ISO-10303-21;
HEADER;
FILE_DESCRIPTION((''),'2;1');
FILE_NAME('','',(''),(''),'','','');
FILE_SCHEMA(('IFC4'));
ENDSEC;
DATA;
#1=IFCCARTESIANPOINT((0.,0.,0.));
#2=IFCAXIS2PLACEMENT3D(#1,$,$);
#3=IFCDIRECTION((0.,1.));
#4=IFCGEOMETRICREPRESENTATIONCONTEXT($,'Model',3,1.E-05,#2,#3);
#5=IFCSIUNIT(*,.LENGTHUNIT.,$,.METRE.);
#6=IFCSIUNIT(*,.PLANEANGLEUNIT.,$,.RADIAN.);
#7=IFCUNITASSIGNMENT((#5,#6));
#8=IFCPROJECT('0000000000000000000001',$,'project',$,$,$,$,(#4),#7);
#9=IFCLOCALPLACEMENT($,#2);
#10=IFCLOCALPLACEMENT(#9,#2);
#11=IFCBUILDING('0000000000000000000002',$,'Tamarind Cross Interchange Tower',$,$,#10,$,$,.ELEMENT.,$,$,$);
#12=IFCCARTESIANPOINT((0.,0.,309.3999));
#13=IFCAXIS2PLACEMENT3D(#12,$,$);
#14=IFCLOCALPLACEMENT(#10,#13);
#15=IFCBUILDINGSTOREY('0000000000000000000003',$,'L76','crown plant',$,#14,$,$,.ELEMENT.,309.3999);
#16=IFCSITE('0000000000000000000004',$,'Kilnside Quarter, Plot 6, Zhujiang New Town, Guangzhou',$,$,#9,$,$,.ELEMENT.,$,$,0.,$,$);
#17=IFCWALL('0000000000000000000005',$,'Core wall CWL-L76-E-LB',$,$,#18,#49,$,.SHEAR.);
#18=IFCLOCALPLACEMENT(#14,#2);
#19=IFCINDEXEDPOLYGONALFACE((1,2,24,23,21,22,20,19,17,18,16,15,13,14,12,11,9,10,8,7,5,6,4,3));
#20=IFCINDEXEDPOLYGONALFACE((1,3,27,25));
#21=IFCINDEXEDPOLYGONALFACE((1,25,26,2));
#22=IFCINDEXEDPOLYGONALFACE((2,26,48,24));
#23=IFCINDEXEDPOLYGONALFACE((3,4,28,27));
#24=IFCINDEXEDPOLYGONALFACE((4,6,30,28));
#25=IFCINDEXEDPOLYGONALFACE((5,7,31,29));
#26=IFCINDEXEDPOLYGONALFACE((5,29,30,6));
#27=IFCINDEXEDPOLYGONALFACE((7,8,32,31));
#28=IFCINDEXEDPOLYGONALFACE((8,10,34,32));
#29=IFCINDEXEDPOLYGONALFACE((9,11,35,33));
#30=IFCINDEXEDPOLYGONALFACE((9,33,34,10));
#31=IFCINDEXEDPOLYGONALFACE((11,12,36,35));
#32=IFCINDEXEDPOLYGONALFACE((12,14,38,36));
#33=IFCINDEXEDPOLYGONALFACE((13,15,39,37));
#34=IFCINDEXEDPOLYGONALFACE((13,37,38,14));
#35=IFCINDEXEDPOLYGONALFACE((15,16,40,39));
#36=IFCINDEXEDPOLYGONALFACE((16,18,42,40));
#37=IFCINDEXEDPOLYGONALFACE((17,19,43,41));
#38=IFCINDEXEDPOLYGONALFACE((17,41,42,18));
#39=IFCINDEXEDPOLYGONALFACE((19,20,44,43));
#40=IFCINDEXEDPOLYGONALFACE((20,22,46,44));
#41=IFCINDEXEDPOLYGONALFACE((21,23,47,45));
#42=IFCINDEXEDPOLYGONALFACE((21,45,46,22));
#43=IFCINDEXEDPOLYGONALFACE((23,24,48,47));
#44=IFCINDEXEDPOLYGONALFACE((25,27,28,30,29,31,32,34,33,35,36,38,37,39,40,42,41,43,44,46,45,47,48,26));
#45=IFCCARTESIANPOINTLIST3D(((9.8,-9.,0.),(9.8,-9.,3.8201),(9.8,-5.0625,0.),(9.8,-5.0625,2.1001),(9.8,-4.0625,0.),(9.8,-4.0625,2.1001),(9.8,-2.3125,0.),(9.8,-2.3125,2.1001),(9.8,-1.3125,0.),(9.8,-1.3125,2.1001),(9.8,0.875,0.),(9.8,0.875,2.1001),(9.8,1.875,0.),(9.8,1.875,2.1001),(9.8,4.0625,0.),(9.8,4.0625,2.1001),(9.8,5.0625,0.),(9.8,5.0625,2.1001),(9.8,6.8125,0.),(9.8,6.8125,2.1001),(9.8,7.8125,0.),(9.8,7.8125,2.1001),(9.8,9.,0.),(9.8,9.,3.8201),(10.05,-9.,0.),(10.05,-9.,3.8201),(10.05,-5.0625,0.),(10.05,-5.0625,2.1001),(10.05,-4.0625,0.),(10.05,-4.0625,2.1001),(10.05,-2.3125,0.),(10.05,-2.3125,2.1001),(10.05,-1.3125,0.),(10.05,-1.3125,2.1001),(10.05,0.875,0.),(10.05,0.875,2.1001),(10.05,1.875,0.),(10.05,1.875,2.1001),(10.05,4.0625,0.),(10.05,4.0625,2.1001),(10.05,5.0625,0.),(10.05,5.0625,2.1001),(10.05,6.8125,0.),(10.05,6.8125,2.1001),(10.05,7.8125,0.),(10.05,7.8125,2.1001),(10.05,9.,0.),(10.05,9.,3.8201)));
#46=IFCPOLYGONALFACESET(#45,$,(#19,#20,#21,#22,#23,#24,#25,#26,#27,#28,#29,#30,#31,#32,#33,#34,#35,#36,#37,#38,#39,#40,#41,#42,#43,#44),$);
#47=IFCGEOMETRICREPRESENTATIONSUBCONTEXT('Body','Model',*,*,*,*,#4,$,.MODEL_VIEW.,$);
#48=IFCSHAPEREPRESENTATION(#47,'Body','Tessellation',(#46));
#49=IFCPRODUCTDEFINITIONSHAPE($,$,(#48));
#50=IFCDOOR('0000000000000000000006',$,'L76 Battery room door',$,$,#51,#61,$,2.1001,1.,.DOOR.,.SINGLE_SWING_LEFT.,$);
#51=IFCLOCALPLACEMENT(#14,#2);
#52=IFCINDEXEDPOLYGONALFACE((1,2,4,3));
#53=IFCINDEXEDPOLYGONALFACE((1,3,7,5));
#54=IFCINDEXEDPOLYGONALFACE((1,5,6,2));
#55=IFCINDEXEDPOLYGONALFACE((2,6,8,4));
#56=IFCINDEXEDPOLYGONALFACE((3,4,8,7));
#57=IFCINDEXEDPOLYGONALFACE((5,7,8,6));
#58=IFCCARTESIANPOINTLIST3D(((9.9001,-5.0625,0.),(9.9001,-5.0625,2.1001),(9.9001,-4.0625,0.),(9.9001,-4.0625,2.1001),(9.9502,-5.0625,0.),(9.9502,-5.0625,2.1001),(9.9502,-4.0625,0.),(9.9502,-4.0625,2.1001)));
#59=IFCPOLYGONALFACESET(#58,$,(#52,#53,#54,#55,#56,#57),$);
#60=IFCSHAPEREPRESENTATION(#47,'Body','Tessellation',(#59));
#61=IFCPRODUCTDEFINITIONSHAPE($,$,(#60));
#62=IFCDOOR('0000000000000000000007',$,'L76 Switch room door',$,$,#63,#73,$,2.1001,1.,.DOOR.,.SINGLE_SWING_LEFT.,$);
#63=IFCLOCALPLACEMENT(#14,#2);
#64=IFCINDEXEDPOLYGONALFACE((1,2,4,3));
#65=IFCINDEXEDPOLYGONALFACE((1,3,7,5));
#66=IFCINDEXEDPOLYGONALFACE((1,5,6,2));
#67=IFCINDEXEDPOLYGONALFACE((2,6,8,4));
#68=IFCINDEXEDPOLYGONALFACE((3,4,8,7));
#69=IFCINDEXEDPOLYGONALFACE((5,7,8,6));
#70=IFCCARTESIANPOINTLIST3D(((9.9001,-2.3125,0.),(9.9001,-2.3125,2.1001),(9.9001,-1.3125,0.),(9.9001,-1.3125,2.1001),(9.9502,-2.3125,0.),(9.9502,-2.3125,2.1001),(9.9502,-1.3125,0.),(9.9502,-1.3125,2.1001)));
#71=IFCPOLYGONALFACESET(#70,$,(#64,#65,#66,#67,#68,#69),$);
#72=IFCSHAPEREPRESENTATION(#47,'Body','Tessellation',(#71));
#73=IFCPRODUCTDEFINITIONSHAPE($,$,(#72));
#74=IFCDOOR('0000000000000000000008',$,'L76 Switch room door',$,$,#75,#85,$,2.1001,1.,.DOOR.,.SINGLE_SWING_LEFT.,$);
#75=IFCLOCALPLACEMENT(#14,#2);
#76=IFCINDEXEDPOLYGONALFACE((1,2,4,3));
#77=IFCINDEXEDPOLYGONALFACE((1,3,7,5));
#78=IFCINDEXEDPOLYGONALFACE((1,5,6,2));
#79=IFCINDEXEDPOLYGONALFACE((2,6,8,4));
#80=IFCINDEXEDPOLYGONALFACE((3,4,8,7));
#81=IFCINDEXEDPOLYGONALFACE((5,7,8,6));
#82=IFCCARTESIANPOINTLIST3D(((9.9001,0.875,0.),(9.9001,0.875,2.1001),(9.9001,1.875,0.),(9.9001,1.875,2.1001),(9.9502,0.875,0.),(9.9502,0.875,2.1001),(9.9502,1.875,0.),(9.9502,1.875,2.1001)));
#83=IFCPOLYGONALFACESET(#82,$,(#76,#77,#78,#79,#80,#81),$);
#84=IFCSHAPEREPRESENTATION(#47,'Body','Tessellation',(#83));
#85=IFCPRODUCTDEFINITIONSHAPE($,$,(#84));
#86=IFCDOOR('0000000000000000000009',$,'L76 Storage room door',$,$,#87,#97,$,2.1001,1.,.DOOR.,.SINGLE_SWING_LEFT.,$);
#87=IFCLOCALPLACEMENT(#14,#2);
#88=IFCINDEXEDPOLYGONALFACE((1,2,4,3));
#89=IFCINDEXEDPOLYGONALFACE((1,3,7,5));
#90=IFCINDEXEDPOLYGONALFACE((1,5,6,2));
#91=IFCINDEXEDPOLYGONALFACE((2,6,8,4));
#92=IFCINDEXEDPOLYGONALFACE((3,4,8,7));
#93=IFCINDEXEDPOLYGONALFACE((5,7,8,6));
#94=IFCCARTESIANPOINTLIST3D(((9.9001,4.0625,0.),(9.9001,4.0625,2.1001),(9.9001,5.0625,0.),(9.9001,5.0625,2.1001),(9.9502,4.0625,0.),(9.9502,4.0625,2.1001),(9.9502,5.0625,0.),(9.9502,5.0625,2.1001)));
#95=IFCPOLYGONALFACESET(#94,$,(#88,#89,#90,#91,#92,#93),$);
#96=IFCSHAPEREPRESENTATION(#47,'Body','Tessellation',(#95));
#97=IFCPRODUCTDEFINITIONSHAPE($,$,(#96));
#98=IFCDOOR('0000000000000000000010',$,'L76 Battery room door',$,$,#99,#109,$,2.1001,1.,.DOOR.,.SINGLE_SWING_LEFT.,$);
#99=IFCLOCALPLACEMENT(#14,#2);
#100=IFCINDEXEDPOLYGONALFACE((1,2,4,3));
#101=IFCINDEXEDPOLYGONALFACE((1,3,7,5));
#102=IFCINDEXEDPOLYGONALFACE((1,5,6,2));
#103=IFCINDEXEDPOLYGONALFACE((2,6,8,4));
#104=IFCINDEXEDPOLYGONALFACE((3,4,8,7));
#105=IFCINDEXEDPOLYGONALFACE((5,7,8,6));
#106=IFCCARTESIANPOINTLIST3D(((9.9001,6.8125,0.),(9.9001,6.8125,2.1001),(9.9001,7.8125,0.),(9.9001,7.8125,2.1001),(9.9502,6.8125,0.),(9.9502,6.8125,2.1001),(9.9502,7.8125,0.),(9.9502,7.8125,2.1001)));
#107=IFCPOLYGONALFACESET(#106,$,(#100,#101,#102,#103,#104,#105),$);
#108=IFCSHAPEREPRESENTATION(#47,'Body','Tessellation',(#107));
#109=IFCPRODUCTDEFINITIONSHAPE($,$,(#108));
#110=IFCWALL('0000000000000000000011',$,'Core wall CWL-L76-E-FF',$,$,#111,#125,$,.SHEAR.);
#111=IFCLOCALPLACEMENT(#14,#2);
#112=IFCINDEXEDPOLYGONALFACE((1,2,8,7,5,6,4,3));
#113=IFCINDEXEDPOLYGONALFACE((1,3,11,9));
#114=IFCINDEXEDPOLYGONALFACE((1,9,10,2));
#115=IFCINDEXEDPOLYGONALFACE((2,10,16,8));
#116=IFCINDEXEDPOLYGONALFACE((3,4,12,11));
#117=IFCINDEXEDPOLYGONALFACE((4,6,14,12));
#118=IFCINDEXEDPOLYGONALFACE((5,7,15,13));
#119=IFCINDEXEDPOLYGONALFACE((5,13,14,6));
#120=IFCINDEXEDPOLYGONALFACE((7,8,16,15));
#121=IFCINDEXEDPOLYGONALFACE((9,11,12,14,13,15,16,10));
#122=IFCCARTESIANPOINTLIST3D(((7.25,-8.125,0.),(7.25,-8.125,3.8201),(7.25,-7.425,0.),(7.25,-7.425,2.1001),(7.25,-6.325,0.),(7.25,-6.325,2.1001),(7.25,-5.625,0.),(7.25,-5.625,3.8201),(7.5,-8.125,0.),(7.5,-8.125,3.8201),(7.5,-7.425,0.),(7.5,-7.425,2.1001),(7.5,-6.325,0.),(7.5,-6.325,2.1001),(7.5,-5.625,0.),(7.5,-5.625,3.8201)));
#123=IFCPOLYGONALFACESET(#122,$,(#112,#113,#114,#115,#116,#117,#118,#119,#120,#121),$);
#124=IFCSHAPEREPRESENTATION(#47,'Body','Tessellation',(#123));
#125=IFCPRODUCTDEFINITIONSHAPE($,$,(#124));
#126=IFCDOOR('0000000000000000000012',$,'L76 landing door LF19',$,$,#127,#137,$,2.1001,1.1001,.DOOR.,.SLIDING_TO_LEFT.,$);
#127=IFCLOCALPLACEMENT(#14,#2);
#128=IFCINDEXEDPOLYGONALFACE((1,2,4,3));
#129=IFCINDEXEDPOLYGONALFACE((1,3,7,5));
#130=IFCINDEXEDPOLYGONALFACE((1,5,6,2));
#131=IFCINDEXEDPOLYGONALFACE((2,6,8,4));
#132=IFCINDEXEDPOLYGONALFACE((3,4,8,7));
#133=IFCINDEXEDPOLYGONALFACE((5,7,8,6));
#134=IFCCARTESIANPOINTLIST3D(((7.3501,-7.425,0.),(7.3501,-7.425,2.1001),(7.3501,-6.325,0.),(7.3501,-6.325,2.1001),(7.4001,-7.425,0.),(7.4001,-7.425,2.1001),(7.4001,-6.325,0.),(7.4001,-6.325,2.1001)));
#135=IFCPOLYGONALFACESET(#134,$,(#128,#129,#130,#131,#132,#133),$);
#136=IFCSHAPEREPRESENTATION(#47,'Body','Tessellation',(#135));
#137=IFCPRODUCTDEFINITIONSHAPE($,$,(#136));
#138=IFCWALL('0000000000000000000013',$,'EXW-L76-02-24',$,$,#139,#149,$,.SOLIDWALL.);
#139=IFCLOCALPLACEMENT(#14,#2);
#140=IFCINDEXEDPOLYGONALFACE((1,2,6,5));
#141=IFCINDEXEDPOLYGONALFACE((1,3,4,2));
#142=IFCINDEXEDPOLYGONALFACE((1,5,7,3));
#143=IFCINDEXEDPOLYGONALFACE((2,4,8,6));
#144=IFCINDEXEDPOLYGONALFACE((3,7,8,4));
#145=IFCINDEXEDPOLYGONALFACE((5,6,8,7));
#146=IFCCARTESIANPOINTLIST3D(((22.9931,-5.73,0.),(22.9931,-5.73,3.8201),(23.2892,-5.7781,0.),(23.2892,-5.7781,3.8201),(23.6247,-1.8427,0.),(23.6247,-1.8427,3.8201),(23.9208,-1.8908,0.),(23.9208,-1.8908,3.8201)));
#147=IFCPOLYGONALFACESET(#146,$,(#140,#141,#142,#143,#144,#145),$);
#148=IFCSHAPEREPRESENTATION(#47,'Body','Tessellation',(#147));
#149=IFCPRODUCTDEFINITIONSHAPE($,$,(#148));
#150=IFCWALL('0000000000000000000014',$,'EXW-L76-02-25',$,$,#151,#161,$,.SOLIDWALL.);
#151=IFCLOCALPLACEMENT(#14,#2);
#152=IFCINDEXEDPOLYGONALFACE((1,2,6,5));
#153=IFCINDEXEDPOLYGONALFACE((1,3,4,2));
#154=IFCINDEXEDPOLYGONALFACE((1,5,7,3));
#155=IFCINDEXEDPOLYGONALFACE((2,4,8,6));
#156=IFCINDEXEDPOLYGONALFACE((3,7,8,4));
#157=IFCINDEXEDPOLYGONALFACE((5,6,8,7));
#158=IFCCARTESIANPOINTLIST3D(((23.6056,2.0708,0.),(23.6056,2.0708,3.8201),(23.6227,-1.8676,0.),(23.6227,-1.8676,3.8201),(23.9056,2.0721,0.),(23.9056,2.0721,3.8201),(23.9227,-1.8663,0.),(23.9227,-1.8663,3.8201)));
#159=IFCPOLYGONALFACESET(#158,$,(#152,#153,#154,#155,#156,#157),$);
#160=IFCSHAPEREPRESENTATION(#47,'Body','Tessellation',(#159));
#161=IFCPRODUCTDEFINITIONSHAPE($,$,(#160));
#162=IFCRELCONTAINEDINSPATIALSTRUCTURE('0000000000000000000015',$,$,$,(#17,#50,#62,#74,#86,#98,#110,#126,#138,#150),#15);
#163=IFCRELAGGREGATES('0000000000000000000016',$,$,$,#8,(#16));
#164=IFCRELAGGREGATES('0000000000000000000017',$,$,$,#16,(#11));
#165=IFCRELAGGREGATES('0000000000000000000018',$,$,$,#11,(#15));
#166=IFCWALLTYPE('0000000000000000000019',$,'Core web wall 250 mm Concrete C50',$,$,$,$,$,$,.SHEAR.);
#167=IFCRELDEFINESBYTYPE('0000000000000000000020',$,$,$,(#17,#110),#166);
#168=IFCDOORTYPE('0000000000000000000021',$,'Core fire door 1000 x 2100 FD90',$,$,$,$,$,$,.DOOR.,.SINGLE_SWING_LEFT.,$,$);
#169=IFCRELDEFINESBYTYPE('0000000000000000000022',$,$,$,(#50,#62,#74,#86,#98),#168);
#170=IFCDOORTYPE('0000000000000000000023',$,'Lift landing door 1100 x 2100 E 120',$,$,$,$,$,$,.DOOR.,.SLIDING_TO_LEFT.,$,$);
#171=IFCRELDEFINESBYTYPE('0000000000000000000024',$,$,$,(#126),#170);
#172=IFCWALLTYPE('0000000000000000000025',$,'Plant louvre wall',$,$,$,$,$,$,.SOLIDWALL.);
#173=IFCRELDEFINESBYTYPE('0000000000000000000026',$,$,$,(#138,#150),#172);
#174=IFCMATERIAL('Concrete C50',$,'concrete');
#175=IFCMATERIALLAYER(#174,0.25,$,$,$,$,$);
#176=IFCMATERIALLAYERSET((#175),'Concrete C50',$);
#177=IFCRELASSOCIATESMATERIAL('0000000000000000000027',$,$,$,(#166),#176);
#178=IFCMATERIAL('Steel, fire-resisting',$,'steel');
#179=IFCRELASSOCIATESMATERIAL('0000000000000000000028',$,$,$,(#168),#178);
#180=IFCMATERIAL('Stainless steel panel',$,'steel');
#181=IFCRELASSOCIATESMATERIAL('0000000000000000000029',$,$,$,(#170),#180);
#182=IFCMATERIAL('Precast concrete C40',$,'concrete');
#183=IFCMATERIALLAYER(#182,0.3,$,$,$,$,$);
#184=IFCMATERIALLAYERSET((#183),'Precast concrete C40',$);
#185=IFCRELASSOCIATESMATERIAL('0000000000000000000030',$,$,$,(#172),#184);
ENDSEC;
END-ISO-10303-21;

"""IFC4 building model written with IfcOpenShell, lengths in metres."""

from ifc_helpers import new_model, si_unit, direction, frame, frame_2d, origin, place, context, subcontext, project, spatial, rectangle, extrude, material, layer, layer_set, type_object, element, fill, save


model = new_model("IFC4")

# Units and contexts
model_context = context("Model", 3, precision=1e-05, world=origin(), true_north=direction((0.0, 1.0)))
body_context = subcontext(model_context, "Body", "Model", "MODEL_VIEW")
ifc_project = project(units=[si_unit("LENGTHUNIT", "METRE"), si_unit("PLANEANGLEUNIT", "RADIAN")], contexts=[model_context])

# Site, building, storey
site_placement = place(None, origin())
site = spatial("IfcSite", under=ifc_project, at=site_placement, Name="Kilnside Quarter, Plot 6, Zhujiang New Town, Guangzhou", CompositionType="ELEMENT", RefElevation=0.0)
building_placement = place(site_placement, origin())
building = spatial("IfcBuilding", under=site, at=building_placement, Name="Tamarind Cross Interchange Tower", CompositionType="ELEMENT")
storey_placement = place(building_placement, frame((0.0, 0.0, 309.3999)))
storey = spatial("IfcBuildingStorey", under=building, at=storey_placement, Name="L76", Description="crown plant", CompositionType="ELEMENT", Elevation=309.3999)

# Shared definitions
ifc_material_1 = material(Name="Concrete C50", Category="concrete")
ifc_layer_1 = layer(ifc_material_1, 0.25)
ifc_layer_set_1 = layer_set([ifc_layer_1], Name="Concrete C50")
wall_type_1 = type_object("IfcWallType", Name="Core web wall 250 mm Concrete C50", PredefinedType="SHEAR", material=ifc_layer_set_1)

# Wall, openings, doors
ifc_material_2 = material(Name="Steel, fire-resisting", Category="steel")
door_type_1 = type_object("IfcDoorType", Name="Core fire door 1000 x 2100 FD90", OperationType="SINGLE_SWING_LEFT", PredefinedType="DOOR", material=ifc_material_2)
ifc_material_3 = material(Name="Stainless steel panel", Category="steel")
wall_1_placement = place(storey_placement, frame((9.925, -9.0, 0.0), z_axis=(0.0, 0.0, 1.0), x_axis=(0.0, 1.0, 0.0)))
wall_1 = element("IfcWall", 1, at=wall_1_placement, inside=storey, type_object=wall_type_1, Name="Core wall CWL-L76-E-LB", PredefinedType="SHEAR", context=body_context, shape_type="SweptSolid", body=[
    extrude(rectangle(XDim=18.0, YDim=0.25, at=frame_2d((9.0, 0.0))), origin(), (0.0, 0.0, 1.0), 3.8201),
])
opening_1_placement = place(wall_1_placement, frame((3.9375, 0.0, 0.0)))
opening_1 = element("IfcOpeningElement", 2, at=opening_1_placement, cuts=wall_1, PredefinedType="OPENING", context=body_context, shape_type="SweptSolid", body=[
    extrude(rectangle(XDim=1.0, YDim=2.1001, at=frame_2d((0.5, 1.05))), frame((0.0, 0.135, 0.0), z_axis=(0.0, -1.0, 0.0), x_axis=(1.0, 0.0, 0.0)), (0.0, 0.0, 1.0), 0.27),
])
opening_2_placement = place(wall_1_placement, frame((6.6875, 0.0, 0.0)))
opening_2 = element("IfcOpeningElement", 3, at=opening_2_placement, cuts=wall_1, PredefinedType="OPENING", context=body_context, shape_type="SweptSolid", body=[
    extrude(rectangle(XDim=1.0, YDim=2.1001, at=frame_2d((0.5, 1.05))), frame((0.0, 0.135, 0.0), z_axis=(0.0, -1.0, 0.0), x_axis=(1.0, 0.0, 0.0)), (0.0, 0.0, 1.0), 0.27),
])
opening_3_placement = place(wall_1_placement, frame((9.875, 0.0, 0.0)))
opening_3 = element("IfcOpeningElement", 4, at=opening_3_placement, cuts=wall_1, PredefinedType="OPENING", context=body_context, shape_type="SweptSolid", body=[
    extrude(rectangle(XDim=1.0, YDim=2.1001, at=frame_2d((0.5, 1.05))), frame((0.0, 0.135, 0.0), z_axis=(0.0, -1.0, 0.0), x_axis=(1.0, 0.0, 0.0)), (0.0, 0.0, 1.0), 0.27),
])
opening_4_placement = place(wall_1_placement, frame((13.0625, 0.0, 0.0)))
opening_4 = element("IfcOpeningElement", 5, at=opening_4_placement, cuts=wall_1, PredefinedType="OPENING", context=body_context, shape_type="SweptSolid", body=[
    extrude(rectangle(XDim=1.0, YDim=2.1001, at=frame_2d((0.5, 1.05))), frame((0.0, 0.135, 0.0), z_axis=(0.0, -1.0, 0.0), x_axis=(1.0, 0.0, 0.0)), (0.0, 0.0, 1.0), 0.27),
])
opening_5_placement = place(wall_1_placement, frame((15.8125, 0.0, 0.0)))
opening_5 = element("IfcOpeningElement", 6, at=opening_5_placement, cuts=wall_1, PredefinedType="OPENING", context=body_context, shape_type="SweptSolid", body=[
    extrude(rectangle(XDim=1.0, YDim=2.1001, at=frame_2d((0.5, 1.05))), frame((0.0, 0.135, 0.0), z_axis=(0.0, -1.0, 0.0), x_axis=(1.0, 0.0, 0.0)), (0.0, 0.0, 1.0), 0.27),
])
door_1_placement = place(opening_1_placement, origin())
door_1 = element("IfcDoor", 7, at=door_1_placement, inside=storey, type_object=door_type_1, Name="L76 Battery room door", OperationType="SINGLE_SWING_LEFT", OverallHeight=2.1001, OverallWidth=1.0, PredefinedType="DOOR", context=body_context, shape_type="SweptSolid", body=[
    extrude(rectangle(XDim=1.0, YDim=2.1001, at=frame_2d((0.5, 1.05))), frame((0.0, 0.0249, 0.0), z_axis=(0.0, -1.0, 0.0), x_axis=(1.0, 0.0, 0.0)), (0.0, 0.0, 1.0), 0.05),
])
fill(opening_1, door_1)
door_2_placement = place(opening_2_placement, origin())
door_2 = element("IfcDoor", 8, at=door_2_placement, inside=storey, type_object=door_type_1, Name="L76 Switch room door", OperationType="SINGLE_SWING_LEFT", OverallHeight=2.1001, OverallWidth=1.0, PredefinedType="DOOR", context=body_context, shape_type="SweptSolid", body=[
    extrude(rectangle(XDim=1.0, YDim=2.1001, at=frame_2d((0.5, 1.05))), frame((0.0, 0.0249, 0.0), z_axis=(0.0, -1.0, 0.0), x_axis=(1.0, 0.0, 0.0)), (0.0, 0.0, 1.0), 0.05),
])
fill(opening_2, door_2)
door_3_placement = place(opening_3_placement, origin())
door_3 = element("IfcDoor", 9, at=door_3_placement, inside=storey, type_object=door_type_1, Name="L76 Switch room door", OperationType="SINGLE_SWING_LEFT", OverallHeight=2.1001, OverallWidth=1.0, PredefinedType="DOOR", context=body_context, shape_type="SweptSolid", body=[
    extrude(rectangle(XDim=1.0, YDim=2.1001, at=frame_2d((0.5, 1.05))), frame((0.0, 0.0249, 0.0), z_axis=(0.0, -1.0, 0.0), x_axis=(1.0, 0.0, 0.0)), (0.0, 0.0, 1.0), 0.05),
])
fill(opening_3, door_3)
door_4_placement = place(opening_4_placement, origin())
door_4 = element("IfcDoor", 10, at=door_4_placement, inside=storey, type_object=door_type_1, Name="L76 Storage room door", OperationType="SINGLE_SWING_LEFT", OverallHeight=2.1001, OverallWidth=1.0, PredefinedType="DOOR", context=body_context, shape_type="SweptSolid", body=[
    extrude(rectangle(XDim=1.0, YDim=2.1001, at=frame_2d((0.5, 1.05))), frame((0.0, 0.0249, 0.0), z_axis=(0.0, -1.0, 0.0), x_axis=(1.0, 0.0, 0.0)), (0.0, 0.0, 1.0), 0.05),
])
fill(opening_4, door_4)
door_5_placement = place(opening_5_placement, origin())
door_5 = element("IfcDoor", 11, at=door_5_placement, inside=storey, type_object=door_type_1, Name="L76 Battery room door", OperationType="SINGLE_SWING_LEFT", OverallHeight=2.1001, OverallWidth=1.0, PredefinedType="DOOR", context=body_context, shape_type="SweptSolid", body=[
    extrude(rectangle(XDim=1.0, YDim=2.1001, at=frame_2d((0.5, 1.05))), frame((0.0, 0.0249, 0.0), z_axis=(0.0, -1.0, 0.0), x_axis=(1.0, 0.0, 0.0)), (0.0, 0.0, 1.0), 0.05),
])
fill(opening_5, door_5)

# Wall, opening, door
wall_2_placement = place(storey_placement, frame((7.375, -8.125, 0.0), z_axis=(0.0, 0.0, 1.0), x_axis=(0.0, 1.0, 0.0)))
wall_2 = element("IfcWall", 12, at=wall_2_placement, inside=storey, type_object=wall_type_1, Name="Core wall CWL-L76-E-FF", PredefinedType="SHEAR", context=body_context, shape_type="SweptSolid", body=[
    extrude(rectangle(XDim=2.5, YDim=0.25, at=frame_2d((1.25, 0.0))), origin(), (0.0, 0.0, 1.0), 3.8201),
])
opening_6_placement = place(wall_2_placement, frame((0.7, 0.0, 0.0)))
opening_6 = element("IfcOpeningElement", 13, at=opening_6_placement, cuts=wall_2, PredefinedType="OPENING", context=body_context, shape_type="SweptSolid", body=[
    extrude(rectangle(XDim=1.1001, YDim=2.1001, at=frame_2d((0.55, 1.05))), frame((0.0, 0.135, 0.0), z_axis=(0.0, -1.0, 0.0), x_axis=(1.0, 0.0, 0.0)), (0.0, 0.0, 1.0), 0.27),
])
door_type_2 = type_object("IfcDoorType", Name="Lift landing door 1100 x 2100 E 120", OperationType="SLIDING_TO_LEFT", PredefinedType="DOOR", material=ifc_material_3)
door_6_placement = place(opening_6_placement, origin())
door_6 = element("IfcDoor", 14, at=door_6_placement, inside=storey, type_object=door_type_2, Name="L76 landing door LF19", OperationType="SLIDING_TO_LEFT", OverallHeight=2.1001, OverallWidth=1.1001, PredefinedType="DOOR", context=body_context, shape_type="SweptSolid", body=[
    extrude(rectangle(XDim=1.1001, YDim=2.1001, at=frame_2d((0.55, 1.05))), frame((0.0, 0.0249, 0.0), z_axis=(0.0, -1.0, 0.0), x_axis=(1.0, 0.0, 0.0)), (0.0, 0.0, 1.0), 0.05),
])
fill(opening_6, door_6)

# Walls
ifc_material_4 = material(Name="Precast concrete C40", Category="concrete")
ifc_layer_2 = layer(ifc_material_4, 0.3)
ifc_layer_set_2 = layer_set([ifc_layer_2], Name="Precast concrete C40")
wall_type_2 = type_object("IfcWallType", Name="Plant louvre wall", PredefinedType="SOLIDWALL", material=ifc_layer_set_2)
wall_3_placement = place(storey_placement, frame((23.1411, -5.7542, 0.0), z_axis=(0.0, 0.0, 1.0), x_axis=(0.160376, 0.987056, 0.0)))
element("IfcWall", 15, at=wall_3_placement, inside=storey, type_object=wall_type_2, Name="EXW-L76-02-24", PredefinedType="SOLIDWALL", context=body_context, shape_type="SweptSolid", body=[
    extrude(rectangle(XDim=3.9382, YDim=0.3, at=frame_2d((1.9692, 0.0))), origin(), (0.0, 0.0, 1.0), 3.8201),
])
wall_4_placement = place(storey_placement, frame((23.7727, -1.8669, 0.0), z_axis=(0.0, 0.0, 1.0), x_axis=(-0.004339, 0.999991, 0.0)))
element("IfcWall", 16, at=wall_4_placement, inside=storey, type_object=wall_type_2, Name="EXW-L76-02-25", PredefinedType="SOLIDWALL", context=body_context, shape_type="SweptSolid", body=[
    extrude(rectangle(XDim=3.9385, YDim=0.3, at=frame_2d((1.9692, 0.0))), origin(), (0.0, 0.0, 1.0), 3.8201),
])

save(model, "model.ifc")
